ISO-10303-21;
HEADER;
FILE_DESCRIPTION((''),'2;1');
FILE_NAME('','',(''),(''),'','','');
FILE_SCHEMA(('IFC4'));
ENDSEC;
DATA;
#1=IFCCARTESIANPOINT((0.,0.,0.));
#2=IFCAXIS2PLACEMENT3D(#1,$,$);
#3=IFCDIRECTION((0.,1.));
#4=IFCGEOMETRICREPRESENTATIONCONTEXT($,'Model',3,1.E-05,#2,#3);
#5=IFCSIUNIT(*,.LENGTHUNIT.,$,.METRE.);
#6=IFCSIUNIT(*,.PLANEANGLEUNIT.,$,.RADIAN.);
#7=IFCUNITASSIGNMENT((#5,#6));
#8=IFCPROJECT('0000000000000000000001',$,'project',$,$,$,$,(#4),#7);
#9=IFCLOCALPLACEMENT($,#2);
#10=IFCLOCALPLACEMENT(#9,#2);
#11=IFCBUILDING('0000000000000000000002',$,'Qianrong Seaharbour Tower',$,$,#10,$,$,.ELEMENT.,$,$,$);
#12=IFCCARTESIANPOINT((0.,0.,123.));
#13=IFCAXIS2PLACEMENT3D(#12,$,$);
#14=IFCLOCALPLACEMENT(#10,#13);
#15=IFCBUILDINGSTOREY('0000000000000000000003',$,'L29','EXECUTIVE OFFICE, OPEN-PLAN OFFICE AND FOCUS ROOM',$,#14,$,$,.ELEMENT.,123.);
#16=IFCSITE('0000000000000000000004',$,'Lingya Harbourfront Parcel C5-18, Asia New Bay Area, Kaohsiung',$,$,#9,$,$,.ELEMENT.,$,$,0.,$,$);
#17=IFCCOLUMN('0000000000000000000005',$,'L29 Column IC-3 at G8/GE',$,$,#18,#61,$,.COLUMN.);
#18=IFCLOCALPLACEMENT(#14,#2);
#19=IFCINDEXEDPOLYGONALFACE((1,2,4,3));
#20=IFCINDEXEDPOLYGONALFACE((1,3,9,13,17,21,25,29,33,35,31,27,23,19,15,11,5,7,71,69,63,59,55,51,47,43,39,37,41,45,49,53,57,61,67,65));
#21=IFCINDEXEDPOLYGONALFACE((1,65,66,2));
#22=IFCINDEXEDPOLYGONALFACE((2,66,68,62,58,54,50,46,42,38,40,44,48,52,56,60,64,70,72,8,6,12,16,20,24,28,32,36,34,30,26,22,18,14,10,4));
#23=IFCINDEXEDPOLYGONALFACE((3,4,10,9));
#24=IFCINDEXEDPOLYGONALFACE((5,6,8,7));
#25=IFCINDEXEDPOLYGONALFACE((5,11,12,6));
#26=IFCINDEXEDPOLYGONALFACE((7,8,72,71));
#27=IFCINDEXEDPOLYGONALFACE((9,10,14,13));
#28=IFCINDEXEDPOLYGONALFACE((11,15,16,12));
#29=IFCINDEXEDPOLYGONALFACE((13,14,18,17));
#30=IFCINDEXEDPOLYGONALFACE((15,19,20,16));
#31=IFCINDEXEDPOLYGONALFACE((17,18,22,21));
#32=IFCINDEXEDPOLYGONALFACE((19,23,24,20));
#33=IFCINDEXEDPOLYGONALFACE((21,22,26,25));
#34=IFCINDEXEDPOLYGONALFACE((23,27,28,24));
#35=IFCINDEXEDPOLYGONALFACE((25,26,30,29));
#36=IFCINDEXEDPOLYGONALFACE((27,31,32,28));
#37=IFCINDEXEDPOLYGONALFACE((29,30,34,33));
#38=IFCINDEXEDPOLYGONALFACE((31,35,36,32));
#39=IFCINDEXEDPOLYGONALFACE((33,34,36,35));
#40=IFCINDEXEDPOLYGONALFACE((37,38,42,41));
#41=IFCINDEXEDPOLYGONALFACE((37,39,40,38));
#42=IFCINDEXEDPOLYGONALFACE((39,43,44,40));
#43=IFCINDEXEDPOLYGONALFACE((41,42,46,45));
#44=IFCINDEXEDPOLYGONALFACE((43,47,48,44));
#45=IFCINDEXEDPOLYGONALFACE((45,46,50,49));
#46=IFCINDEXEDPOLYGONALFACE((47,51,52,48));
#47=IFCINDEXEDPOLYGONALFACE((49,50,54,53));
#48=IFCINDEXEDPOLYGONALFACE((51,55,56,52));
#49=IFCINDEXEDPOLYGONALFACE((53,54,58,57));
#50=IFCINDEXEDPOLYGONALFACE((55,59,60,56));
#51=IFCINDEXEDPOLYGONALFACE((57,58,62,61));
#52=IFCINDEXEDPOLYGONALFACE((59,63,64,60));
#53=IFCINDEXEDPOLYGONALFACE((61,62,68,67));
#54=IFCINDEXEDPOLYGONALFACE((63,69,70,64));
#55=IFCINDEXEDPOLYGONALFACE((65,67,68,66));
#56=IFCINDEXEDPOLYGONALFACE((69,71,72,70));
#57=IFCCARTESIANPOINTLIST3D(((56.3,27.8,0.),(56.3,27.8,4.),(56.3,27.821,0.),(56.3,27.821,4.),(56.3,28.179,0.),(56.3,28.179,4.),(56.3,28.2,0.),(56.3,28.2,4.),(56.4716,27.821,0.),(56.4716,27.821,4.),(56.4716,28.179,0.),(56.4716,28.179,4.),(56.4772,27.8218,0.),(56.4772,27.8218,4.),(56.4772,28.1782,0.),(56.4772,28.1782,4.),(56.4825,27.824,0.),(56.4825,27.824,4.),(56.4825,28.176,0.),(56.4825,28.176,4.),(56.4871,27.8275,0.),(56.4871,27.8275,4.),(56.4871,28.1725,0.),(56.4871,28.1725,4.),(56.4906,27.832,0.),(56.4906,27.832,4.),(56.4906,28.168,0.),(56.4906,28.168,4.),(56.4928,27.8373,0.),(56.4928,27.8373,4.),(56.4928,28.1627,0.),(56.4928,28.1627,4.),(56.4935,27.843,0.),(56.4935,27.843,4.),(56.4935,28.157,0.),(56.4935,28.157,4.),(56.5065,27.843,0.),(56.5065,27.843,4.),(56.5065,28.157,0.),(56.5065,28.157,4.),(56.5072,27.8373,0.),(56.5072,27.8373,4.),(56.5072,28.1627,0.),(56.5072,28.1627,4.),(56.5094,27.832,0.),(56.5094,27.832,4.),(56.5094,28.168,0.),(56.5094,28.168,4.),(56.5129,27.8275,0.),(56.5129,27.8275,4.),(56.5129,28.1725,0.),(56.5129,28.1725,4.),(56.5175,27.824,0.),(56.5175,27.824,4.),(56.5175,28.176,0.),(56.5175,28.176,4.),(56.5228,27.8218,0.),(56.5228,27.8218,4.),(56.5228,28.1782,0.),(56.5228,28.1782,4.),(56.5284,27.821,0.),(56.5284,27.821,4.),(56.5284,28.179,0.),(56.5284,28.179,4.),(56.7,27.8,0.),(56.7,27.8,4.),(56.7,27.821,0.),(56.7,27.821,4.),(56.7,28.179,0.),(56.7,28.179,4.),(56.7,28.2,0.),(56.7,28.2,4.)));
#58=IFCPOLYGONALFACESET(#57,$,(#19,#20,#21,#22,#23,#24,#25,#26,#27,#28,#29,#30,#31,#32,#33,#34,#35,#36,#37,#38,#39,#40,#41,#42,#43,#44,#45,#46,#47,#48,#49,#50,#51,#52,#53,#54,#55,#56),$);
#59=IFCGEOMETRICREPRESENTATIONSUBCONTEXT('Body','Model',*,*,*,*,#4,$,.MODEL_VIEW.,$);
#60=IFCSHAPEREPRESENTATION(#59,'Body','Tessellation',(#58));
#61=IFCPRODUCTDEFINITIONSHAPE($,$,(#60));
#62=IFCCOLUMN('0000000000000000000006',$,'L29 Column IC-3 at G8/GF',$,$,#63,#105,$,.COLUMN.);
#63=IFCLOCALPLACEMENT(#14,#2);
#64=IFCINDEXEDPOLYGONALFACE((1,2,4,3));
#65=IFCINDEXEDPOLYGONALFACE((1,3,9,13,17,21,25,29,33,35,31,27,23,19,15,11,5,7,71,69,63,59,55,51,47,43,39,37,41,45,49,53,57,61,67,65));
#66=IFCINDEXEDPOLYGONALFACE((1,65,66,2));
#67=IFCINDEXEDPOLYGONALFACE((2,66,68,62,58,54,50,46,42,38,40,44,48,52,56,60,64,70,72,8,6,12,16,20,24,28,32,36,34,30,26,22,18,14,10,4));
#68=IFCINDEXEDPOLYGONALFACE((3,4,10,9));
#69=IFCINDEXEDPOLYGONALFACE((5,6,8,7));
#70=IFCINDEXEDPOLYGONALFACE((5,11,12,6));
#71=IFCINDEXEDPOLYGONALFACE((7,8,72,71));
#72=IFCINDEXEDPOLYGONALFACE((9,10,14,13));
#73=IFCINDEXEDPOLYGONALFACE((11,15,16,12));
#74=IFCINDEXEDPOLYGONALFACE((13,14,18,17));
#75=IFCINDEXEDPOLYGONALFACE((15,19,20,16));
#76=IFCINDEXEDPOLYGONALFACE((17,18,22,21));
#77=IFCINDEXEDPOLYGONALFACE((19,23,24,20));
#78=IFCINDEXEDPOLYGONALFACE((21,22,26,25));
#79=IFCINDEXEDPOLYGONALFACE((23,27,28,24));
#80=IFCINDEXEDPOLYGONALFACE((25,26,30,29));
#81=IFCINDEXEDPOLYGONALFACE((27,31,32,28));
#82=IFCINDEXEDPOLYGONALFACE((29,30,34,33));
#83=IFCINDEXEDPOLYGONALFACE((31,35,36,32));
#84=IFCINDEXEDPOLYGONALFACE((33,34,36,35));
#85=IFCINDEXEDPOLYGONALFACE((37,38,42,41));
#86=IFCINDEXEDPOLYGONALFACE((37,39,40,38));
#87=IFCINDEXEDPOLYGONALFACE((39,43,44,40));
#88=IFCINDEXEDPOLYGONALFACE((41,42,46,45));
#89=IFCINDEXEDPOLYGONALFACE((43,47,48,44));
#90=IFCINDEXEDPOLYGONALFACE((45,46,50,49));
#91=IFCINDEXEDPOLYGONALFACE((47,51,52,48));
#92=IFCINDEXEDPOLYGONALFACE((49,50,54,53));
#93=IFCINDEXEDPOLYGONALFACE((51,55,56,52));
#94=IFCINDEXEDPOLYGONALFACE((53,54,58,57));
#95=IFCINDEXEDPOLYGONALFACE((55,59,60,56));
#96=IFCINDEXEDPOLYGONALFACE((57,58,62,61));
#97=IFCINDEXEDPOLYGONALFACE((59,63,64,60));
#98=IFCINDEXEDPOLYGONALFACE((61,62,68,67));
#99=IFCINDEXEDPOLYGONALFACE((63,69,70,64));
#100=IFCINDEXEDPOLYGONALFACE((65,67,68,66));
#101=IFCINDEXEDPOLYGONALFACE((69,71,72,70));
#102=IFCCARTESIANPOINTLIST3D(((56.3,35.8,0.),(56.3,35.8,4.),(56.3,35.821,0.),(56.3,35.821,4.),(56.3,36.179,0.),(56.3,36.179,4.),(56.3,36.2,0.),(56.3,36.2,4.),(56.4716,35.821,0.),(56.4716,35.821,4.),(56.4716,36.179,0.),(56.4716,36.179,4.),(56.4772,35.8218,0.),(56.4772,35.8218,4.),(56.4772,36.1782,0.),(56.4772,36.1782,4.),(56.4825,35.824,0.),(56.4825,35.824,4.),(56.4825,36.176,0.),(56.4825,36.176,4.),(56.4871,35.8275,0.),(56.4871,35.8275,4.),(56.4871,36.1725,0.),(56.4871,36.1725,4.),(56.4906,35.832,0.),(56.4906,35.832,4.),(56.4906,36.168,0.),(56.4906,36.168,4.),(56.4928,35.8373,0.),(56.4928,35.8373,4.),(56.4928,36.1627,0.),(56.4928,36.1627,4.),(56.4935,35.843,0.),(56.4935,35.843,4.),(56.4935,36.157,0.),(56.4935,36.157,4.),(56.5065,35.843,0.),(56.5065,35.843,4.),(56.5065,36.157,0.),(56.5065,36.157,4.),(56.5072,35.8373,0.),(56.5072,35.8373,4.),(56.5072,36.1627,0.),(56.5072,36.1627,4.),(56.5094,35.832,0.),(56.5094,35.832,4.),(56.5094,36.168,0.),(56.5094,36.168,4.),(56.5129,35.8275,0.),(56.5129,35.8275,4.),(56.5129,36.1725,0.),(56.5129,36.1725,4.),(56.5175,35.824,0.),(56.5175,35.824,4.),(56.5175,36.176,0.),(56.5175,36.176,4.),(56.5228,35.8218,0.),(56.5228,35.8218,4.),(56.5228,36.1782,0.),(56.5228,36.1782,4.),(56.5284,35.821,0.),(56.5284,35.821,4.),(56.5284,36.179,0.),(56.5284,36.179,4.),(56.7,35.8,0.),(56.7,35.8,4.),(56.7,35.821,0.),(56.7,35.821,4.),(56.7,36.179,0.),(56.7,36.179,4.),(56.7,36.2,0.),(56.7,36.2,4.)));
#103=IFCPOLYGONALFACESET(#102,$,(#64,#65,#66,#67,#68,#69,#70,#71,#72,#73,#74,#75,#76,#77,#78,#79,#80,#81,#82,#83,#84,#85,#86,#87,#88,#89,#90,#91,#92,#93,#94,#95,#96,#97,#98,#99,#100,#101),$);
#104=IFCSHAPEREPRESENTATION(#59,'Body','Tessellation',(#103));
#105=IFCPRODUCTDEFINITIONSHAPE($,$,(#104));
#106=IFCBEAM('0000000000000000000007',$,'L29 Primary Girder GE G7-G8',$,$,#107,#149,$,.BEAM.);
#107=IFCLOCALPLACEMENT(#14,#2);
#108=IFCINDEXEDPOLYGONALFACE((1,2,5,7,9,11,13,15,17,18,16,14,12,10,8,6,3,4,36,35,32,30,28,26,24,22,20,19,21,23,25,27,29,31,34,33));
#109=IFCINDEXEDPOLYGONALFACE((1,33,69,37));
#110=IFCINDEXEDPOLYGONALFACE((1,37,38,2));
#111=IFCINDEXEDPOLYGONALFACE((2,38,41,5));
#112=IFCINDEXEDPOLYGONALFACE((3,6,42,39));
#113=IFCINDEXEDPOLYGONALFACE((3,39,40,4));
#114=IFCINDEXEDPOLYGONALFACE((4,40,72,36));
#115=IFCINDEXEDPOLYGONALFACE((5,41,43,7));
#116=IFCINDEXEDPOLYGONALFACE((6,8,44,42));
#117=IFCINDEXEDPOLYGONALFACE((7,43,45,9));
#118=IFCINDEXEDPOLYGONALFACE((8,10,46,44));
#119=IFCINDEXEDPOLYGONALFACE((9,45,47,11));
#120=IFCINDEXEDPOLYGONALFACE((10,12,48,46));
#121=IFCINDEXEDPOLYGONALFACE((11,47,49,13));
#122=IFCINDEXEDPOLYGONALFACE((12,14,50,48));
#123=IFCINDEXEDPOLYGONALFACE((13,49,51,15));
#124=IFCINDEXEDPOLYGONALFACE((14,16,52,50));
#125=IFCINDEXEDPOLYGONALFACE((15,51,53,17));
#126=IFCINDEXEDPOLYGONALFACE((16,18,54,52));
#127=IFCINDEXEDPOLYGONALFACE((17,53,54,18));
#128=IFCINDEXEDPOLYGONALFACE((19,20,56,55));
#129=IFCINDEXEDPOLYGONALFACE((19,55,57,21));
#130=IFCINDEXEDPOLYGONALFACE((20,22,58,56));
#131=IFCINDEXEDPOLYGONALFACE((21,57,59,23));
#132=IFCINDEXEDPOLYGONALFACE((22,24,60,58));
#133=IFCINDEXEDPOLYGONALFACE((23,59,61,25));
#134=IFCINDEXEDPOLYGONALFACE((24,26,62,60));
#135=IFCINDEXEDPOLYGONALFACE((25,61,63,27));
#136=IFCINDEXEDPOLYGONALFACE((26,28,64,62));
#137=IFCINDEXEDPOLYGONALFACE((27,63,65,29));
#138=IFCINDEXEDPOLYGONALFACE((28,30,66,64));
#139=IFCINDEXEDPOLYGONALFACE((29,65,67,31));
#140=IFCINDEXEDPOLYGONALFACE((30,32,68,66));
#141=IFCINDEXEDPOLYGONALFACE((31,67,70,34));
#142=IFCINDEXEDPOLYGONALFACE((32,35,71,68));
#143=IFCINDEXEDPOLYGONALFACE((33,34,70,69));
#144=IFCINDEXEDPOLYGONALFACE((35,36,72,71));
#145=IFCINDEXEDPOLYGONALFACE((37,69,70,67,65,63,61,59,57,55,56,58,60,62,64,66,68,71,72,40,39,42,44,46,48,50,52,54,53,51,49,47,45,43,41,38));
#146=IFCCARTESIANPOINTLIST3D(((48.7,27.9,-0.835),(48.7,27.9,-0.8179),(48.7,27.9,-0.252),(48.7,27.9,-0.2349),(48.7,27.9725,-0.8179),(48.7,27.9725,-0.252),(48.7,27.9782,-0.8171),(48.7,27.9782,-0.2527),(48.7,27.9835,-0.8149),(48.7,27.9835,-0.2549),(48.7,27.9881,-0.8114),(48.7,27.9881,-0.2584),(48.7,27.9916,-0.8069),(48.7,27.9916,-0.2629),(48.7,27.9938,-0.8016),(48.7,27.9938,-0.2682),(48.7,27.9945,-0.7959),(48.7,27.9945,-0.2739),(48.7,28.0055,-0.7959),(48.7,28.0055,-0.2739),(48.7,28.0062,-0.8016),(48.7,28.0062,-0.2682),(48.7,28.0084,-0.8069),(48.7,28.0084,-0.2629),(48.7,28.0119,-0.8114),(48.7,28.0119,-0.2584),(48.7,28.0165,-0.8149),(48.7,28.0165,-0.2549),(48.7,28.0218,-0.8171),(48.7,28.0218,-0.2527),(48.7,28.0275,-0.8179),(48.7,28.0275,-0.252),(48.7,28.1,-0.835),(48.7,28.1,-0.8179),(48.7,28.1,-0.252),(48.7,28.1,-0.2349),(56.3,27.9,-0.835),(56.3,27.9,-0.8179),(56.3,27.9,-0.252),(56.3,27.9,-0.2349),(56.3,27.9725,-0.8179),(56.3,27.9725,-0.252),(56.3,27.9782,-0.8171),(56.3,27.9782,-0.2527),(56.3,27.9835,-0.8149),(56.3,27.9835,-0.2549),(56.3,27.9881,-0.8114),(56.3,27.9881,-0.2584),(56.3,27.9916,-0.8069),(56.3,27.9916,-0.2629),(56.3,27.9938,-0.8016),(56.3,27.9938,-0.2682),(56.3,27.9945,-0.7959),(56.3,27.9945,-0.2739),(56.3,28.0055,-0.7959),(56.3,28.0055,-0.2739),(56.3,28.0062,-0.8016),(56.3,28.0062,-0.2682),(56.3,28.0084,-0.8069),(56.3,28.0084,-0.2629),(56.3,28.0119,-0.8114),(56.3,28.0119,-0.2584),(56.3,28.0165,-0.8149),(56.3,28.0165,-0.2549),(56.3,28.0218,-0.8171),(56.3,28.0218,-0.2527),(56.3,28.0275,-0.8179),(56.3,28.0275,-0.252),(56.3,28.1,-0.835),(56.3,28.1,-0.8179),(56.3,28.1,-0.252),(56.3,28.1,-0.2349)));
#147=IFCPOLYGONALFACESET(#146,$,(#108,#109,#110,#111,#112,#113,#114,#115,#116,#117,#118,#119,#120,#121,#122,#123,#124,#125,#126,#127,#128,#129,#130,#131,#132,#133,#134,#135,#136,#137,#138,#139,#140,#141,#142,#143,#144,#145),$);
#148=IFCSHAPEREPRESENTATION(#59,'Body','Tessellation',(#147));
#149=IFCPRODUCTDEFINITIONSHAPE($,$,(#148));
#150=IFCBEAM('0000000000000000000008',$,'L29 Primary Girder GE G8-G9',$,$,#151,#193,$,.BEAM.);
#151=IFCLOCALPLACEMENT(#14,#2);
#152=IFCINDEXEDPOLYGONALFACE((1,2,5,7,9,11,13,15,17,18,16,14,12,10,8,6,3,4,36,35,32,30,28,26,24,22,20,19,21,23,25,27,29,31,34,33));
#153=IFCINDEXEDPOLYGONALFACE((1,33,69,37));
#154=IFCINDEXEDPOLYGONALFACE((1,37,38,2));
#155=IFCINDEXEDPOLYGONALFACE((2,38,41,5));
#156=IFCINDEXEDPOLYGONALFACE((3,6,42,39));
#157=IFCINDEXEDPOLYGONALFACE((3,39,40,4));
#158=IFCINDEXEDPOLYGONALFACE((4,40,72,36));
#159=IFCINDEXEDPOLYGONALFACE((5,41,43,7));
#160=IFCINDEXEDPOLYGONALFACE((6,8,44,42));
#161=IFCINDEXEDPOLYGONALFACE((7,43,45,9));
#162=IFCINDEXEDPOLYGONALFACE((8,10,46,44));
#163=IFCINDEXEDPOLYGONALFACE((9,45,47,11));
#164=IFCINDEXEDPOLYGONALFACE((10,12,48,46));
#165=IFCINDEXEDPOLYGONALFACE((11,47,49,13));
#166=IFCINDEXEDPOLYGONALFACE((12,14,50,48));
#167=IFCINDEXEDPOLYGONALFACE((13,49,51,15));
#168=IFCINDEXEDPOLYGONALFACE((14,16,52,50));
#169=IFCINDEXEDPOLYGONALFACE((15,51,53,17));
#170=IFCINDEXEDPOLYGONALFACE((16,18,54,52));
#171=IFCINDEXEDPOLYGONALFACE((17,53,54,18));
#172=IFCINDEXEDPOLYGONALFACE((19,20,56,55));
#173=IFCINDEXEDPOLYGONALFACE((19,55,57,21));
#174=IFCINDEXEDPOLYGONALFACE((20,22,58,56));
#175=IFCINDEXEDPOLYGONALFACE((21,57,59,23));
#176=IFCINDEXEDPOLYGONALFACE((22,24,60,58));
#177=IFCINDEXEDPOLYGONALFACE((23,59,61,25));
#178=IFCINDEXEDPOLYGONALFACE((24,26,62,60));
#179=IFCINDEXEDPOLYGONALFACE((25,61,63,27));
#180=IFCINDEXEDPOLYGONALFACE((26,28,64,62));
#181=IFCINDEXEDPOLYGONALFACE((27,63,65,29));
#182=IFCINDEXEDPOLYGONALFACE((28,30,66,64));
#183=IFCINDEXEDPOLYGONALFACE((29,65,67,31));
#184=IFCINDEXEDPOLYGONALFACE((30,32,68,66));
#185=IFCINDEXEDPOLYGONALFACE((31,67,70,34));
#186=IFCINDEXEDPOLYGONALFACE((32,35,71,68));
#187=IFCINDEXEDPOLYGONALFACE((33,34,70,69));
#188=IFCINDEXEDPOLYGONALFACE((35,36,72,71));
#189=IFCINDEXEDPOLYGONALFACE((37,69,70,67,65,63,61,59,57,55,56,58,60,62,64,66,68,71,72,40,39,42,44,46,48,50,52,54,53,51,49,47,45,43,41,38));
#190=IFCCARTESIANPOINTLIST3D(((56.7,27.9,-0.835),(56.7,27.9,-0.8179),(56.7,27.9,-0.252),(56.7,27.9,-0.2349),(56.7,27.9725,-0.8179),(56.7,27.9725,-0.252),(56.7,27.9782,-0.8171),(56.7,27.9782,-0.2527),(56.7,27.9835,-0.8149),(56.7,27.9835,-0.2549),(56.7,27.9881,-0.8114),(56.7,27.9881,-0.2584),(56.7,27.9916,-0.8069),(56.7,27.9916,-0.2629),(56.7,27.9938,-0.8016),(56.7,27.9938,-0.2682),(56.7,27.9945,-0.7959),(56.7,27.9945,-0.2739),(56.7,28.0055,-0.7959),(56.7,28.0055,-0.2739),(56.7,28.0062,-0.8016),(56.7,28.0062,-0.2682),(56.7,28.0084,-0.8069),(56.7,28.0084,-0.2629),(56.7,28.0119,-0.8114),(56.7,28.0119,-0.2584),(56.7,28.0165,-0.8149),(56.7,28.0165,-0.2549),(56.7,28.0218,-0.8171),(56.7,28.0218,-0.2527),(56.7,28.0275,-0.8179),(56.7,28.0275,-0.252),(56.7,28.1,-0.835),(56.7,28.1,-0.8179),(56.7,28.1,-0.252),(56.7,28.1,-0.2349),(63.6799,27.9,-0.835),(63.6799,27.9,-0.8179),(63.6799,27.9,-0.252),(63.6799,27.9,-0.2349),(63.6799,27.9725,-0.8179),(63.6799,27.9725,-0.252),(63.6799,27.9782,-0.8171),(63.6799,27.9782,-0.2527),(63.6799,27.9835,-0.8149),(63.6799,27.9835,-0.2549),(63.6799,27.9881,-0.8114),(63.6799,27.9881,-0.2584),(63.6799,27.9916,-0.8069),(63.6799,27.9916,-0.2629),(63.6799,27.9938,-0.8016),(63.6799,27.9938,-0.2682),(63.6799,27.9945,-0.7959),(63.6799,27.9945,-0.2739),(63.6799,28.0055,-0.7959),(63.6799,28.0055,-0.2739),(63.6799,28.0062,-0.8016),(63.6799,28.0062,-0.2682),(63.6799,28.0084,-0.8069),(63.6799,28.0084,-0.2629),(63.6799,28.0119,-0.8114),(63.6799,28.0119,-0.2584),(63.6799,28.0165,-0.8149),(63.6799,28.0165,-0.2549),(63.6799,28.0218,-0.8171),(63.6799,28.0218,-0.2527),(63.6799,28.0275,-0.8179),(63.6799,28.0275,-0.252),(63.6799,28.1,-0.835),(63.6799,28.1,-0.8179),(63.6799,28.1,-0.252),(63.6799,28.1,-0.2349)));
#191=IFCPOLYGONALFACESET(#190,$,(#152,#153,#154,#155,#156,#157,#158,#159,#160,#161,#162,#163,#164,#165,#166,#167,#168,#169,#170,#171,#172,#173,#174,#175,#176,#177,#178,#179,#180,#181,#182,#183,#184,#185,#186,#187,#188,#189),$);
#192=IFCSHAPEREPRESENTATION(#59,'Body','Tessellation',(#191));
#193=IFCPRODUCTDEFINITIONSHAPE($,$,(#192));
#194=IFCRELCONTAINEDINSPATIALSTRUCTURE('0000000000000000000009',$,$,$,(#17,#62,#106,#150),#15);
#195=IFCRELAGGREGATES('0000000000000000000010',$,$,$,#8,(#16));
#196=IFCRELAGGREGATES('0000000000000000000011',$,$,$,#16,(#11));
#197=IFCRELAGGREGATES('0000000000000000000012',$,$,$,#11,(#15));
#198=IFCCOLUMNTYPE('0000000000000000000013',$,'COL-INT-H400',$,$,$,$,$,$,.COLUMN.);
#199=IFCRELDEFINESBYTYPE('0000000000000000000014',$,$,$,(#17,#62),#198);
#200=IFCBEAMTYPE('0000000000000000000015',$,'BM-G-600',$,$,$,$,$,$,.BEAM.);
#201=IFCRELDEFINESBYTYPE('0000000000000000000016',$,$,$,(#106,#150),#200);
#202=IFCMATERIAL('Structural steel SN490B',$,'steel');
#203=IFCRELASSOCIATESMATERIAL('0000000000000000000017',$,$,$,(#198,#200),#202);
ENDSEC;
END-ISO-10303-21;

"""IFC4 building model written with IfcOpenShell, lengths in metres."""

from ifc_helpers import new_model, si_unit, direction, frame, origin, origin_2d, place, context, subcontext, project, spatial, i_section, extrude, material, material_profile, profile_set, type_object, element, save


model = new_model("IFC4")

# Units and contexts
model_context = context("Model", 3, precision=1e-05, world=origin(), true_north=direction((0.0, 1.0)))
body_context = subcontext(model_context, "Body", "Model", "MODEL_VIEW")
ifc_project = project(units=[si_unit("LENGTHUNIT", "METRE"), si_unit("PLANEANGLEUNIT", "RADIAN")], contexts=[model_context])

# Site, building, storey
site_placement = place(None, origin())
site = spatial("IfcSite", under=ifc_project, at=site_placement, Name="Lingya Harbourfront Parcel C5-18, Asia New Bay Area, Kaohsiung", CompositionType="ELEMENT", RefElevation=0.0)
building_placement = place(site_placement, origin())
building = spatial("IfcBuilding", under=site, at=building_placement, Name="Qianrong Seaharbour Tower", CompositionType="ELEMENT")
storey_placement = place(building_placement, frame((0.0, 0.0, 123.0)))
storey = spatial("IfcBuildingStorey", under=building, at=storey_placement, Name="L29", Description="EXECUTIVE OFFICE, OPEN-PLAN OFFICE AND FOCUS ROOM", CompositionType="ELEMENT", Elevation=123.0)

# Columns
ifc_material_1 = material(Name="Structural steel SN490B", Category="steel")
ifc_material_profile_1 = material_profile(ifc_material_1, i_section(OverallWidth=0.3999, OverallDepth=0.3999, WebThickness=0.0129, FlangeThickness=0.021, FilletRadius=0.022, at=origin_2d()), Name="H400x400x13x21")
ifc_profile_set_1 = profile_set([ifc_material_profile_1], Name="Structural steel SN490B")
column_type = type_object("IfcColumnType", Name="COL-INT-H400", PredefinedType="COLUMN", material=ifc_profile_set_1)
for number, where, z_axis, x_axis, name in (
    (1, (56.5, 28.0, 0.0), (0.0, 0.0, 1.0), (1.0, 0.0, 0.0), "L29 Column IC-3 at G8/GE"),
    (2, (56.5, 36.0, 0.0), (0.0, 0.0, 1.0), (1.0, 0.0, 0.0), "L29 Column IC-3 at G8/GF"),
):
    element("IfcColumn", number, at=place(storey_placement, frame(where, z_axis=z_axis, x_axis=x_axis)), inside=storey, type_object=column_type, Name=name, PredefinedType="COLUMN", context=body_context, shape_type="SweptSolid", body=[
        extrude(i_section(OverallWidth=0.3999, OverallDepth=0.3999, WebThickness=0.0129, FlangeThickness=0.021, FilletRadius=0.022, at=origin_2d()), origin(), (0.0, 0.0, 1.0), 4.0),
    ])

# Beams
ifc_material_profile_2 = material_profile(ifc_material_1, i_section(OverallWidth=0.2, OverallDepth=0.6001, WebThickness=0.011, FlangeThickness=0.0171, FilletRadius=0.022, at=origin_2d()), Name="H600x200x11x17")
ifc_profile_set_2 = profile_set([ifc_material_profile_2], Name="Structural steel SN490B")
beam_type_1 = type_object("IfcBeamType", Name="BM-G-600", PredefinedType="BEAM", material=ifc_profile_set_2)
beam_1_placement = place(storey_placement, frame((48.7, 28.0, -0.5349), z_axis=(1.0, 0.0, 0.0), x_axis=(0.0, 1.0, 0.0)))
element("IfcBeam", 3, at=beam_1_placement, inside=storey, type_object=beam_type_1, Name="L29 Primary Girder GE G7-G8", PredefinedType="BEAM", context=body_context, shape_type="SweptSolid", body=[
    extrude(i_section(OverallWidth=0.2, OverallDepth=0.6001, WebThickness=0.011, FlangeThickness=0.0171, FilletRadius=0.022, at=origin_2d()), origin(), (0.0, 0.0, 1.0), 7.6001),
])
beam_2_placement = place(storey_placement, frame((56.7, 28.0, -0.5349), z_axis=(1.0, 0.0, 0.0), x_axis=(0.0, 1.0, 0.0)))
element("IfcBeam", 4, at=beam_2_placement, inside=storey, type_object=beam_type_1, Name="L29 Primary Girder GE G8-G9", PredefinedType="BEAM", context=body_context, shape_type="SweptSolid", body=[
    extrude(i_section(OverallWidth=0.2, OverallDepth=0.6001, WebThickness=0.011, FlangeThickness=0.0171, FilletRadius=0.022, at=origin_2d()), origin(), (0.0, 0.0, 1.0), 6.98),
])

save(model, "model.ifc")
